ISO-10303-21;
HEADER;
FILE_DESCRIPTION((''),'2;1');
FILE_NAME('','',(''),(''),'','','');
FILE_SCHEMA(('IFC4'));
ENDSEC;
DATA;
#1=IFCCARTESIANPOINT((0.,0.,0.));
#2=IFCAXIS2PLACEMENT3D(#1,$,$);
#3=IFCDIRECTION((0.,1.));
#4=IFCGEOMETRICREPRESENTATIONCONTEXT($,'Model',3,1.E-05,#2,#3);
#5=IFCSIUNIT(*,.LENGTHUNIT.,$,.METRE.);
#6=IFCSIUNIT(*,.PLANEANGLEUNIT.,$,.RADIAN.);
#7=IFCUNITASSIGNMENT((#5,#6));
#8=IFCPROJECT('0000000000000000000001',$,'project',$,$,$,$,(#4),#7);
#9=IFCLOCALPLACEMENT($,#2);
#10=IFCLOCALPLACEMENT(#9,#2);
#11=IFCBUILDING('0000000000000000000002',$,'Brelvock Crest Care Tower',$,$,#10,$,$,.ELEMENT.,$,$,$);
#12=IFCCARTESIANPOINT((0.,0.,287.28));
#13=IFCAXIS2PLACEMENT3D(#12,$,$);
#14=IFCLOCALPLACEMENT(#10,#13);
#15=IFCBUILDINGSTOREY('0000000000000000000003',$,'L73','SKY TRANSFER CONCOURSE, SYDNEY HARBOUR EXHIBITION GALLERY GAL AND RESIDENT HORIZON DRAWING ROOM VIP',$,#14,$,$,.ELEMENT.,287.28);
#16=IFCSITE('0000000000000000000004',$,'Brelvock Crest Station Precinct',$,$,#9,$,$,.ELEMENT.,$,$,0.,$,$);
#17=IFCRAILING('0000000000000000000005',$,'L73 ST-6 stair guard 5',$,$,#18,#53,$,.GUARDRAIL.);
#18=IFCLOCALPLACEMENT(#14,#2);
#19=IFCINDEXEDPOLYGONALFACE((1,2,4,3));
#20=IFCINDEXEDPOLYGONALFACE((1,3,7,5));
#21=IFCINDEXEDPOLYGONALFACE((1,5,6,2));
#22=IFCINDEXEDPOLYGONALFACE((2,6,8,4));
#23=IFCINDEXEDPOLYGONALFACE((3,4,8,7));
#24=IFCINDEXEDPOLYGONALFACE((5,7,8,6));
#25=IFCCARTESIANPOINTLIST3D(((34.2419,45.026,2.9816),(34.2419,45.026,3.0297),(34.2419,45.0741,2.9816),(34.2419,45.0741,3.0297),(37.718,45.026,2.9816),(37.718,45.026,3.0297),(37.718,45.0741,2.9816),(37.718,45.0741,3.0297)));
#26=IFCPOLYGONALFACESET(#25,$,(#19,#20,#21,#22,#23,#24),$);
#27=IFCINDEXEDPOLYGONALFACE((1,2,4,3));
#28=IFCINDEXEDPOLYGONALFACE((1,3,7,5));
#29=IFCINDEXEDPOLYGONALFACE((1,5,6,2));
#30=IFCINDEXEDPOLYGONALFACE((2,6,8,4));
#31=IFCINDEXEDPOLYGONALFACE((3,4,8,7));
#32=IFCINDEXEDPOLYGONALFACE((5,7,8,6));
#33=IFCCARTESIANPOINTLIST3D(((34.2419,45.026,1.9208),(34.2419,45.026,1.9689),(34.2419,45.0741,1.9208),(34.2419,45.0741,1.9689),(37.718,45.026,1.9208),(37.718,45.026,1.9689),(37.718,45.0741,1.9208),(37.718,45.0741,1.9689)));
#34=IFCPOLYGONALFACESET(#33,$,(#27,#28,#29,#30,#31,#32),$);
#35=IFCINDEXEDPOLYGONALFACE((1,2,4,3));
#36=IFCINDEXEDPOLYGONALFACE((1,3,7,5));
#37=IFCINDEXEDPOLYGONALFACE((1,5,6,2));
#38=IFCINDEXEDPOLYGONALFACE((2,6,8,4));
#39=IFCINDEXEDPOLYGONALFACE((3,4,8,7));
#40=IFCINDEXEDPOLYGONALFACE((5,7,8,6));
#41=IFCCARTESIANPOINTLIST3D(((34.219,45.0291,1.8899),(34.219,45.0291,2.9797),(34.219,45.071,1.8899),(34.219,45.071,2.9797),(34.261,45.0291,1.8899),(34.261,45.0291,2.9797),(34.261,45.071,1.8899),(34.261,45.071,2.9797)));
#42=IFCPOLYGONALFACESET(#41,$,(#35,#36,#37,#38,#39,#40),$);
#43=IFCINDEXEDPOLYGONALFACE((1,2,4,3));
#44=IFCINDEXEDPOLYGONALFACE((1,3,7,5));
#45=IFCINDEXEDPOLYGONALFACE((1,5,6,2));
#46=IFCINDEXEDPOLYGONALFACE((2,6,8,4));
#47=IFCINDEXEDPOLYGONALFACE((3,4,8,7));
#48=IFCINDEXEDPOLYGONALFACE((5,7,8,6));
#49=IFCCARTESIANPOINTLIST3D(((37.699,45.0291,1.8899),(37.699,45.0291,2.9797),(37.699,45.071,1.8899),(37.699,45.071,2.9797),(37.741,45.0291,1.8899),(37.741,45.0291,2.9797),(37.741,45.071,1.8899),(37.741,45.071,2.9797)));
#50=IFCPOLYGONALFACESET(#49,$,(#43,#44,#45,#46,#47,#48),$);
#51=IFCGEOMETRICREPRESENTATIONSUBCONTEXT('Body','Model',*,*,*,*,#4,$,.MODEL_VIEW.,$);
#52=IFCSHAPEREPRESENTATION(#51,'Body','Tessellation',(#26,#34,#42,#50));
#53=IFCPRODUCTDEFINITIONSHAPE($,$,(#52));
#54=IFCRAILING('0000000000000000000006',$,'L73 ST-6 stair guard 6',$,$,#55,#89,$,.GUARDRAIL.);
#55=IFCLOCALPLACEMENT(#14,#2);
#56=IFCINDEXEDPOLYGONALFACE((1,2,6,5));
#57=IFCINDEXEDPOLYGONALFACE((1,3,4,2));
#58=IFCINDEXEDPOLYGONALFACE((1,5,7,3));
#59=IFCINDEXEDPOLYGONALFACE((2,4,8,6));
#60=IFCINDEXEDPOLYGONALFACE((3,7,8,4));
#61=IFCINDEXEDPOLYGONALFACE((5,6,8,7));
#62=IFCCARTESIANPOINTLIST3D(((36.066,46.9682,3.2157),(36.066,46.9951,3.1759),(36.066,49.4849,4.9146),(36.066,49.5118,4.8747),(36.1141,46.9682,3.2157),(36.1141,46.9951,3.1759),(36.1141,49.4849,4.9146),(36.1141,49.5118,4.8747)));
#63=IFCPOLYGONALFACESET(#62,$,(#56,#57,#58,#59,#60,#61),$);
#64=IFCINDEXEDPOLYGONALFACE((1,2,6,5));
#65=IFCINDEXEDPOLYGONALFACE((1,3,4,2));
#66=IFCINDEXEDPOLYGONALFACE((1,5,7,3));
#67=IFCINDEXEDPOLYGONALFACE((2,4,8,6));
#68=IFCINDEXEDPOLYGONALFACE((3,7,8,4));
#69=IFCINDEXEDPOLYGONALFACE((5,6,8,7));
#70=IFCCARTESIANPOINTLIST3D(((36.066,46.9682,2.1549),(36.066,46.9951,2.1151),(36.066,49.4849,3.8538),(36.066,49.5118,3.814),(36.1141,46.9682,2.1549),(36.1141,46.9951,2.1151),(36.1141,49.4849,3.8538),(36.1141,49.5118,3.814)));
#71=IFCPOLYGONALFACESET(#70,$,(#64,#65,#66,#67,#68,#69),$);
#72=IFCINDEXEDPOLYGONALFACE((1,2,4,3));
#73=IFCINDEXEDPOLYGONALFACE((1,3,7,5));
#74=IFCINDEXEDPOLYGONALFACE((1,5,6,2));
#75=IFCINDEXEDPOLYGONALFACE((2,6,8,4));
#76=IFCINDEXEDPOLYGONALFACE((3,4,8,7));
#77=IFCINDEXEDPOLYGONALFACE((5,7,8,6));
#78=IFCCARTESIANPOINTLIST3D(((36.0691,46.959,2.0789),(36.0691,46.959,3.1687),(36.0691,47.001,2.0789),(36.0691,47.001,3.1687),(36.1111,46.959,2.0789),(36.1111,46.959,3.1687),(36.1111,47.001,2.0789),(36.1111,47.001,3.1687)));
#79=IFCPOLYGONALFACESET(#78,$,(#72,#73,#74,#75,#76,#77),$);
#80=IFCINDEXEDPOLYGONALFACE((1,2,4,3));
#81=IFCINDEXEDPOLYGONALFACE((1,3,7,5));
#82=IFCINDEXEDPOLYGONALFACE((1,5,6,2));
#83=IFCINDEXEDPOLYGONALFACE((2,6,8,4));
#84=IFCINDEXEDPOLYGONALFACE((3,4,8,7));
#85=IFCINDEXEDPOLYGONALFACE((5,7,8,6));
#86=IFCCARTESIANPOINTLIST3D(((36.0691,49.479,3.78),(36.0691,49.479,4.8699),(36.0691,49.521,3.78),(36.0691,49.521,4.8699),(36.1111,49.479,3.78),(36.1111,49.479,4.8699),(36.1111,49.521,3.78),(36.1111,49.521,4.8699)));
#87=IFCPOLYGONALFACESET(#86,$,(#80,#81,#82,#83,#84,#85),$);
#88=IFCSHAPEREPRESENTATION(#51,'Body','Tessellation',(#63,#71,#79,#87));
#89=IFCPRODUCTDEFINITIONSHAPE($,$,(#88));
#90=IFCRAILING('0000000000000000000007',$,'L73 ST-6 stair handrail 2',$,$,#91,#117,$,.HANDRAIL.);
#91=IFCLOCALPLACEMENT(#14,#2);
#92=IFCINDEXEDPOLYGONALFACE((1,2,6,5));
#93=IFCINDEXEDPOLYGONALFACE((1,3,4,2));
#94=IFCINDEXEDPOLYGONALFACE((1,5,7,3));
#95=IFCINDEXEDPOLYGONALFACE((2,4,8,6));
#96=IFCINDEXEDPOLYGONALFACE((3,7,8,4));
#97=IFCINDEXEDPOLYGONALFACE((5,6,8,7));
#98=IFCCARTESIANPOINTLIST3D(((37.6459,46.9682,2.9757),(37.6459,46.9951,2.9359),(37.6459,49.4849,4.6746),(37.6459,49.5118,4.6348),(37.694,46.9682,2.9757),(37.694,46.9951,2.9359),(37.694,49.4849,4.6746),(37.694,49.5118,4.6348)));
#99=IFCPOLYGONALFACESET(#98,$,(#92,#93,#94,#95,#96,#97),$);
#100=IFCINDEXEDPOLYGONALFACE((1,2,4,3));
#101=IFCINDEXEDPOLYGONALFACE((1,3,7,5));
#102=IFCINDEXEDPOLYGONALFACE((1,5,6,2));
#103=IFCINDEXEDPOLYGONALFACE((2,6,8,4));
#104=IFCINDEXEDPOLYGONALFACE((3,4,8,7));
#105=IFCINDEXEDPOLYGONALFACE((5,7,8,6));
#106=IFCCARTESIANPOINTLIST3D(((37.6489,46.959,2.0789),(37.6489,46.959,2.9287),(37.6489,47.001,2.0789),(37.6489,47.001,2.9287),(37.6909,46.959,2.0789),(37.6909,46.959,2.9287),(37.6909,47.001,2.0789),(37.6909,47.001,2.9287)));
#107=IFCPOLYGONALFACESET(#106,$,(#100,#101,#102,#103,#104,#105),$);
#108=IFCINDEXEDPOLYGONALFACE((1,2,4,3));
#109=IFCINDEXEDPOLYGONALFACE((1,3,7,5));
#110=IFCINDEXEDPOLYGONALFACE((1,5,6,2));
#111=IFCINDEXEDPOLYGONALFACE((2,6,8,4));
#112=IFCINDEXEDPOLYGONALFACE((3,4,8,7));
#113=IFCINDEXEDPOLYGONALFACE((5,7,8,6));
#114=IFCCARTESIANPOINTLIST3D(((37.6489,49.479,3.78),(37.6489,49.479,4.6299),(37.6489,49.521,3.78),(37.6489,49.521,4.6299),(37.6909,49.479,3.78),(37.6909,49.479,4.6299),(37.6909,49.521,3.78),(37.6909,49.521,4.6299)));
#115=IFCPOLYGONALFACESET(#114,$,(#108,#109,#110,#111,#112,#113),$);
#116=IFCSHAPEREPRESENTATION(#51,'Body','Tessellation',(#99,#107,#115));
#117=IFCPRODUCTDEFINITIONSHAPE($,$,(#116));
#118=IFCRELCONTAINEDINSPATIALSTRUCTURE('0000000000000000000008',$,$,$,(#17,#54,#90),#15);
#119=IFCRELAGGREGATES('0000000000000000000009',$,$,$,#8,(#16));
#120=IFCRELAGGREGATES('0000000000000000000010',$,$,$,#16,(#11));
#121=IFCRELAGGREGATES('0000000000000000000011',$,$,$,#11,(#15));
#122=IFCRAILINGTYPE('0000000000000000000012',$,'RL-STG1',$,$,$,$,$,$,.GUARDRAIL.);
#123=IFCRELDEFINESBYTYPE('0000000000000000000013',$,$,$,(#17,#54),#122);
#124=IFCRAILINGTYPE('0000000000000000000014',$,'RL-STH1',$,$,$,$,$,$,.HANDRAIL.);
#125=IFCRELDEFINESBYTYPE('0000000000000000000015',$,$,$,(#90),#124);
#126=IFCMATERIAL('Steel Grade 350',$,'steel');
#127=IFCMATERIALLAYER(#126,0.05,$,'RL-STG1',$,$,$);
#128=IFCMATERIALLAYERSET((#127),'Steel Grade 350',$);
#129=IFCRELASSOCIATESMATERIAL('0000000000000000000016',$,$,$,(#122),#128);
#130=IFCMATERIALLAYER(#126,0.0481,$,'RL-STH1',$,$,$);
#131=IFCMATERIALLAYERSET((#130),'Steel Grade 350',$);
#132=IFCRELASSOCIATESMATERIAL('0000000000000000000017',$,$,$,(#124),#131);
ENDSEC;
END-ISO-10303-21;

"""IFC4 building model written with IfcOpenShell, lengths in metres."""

from ifc_helpers import new_model, si_unit, direction, frame, origin, origin_2d, place, context, subcontext, project, spatial, rectangle, extrude, material, layer, layer_set, type_object, element, save


model = new_model("IFC4")

# Units and contexts
model_context = context("Model", 3, precision=1e-05, world=origin(), true_north=direction((0.0, 1.0)))
body_context = subcontext(model_context, "Body", "Model", "MODEL_VIEW")
ifc_project = project(units=[si_unit("LENGTHUNIT", "METRE"), si_unit("PLANEANGLEUNIT", "RADIAN")], contexts=[model_context])

# Site, building, storey
site_placement = place(None, origin())
site = spatial("IfcSite", under=ifc_project, at=site_placement, Name="Brelvock Crest Station Precinct", CompositionType="ELEMENT", RefElevation=0.0)
building_placement = place(site_placement, origin())
building = spatial("IfcBuilding", under=site, at=building_placement, Name="Brelvock Crest Care Tower", CompositionType="ELEMENT")
storey_placement = place(building_placement, frame((0.0, 0.0, 287.28)))
storey = spatial("IfcBuildingStorey", under=building, at=storey_placement, Name="L73", Description="SKY TRANSFER CONCOURSE, SYDNEY HARBOUR EXHIBITION GALLERY GAL AND RESIDENT HORIZON DRAWING ROOM VIP", CompositionType="ELEMENT", Elevation=287.28)

# Shared definitions
ifc_material_1 = material(Name="Steel Grade 350", Category="steel")

# Railings
ifc_layer_1 = layer(ifc_material_1, 0.05, Name="RL-STG1")
ifc_layer_set_1 = layer_set([ifc_layer_1], Name="Steel Grade 350")
railing_type_1 = type_object("IfcRailingType", Name="RL-STG1", PredefinedType="GUARDRAIL", material=ifc_layer_set_1)
railing_1_placement = place(storey_placement, frame((34.24, 45.05, 1.8899)))
element("IfcRailing", 1, at=railing_1_placement, inside=storey, type_object=railing_type_1, Name="L73 ST-6 stair guard 5", PredefinedType="GUARDRAIL", context=body_context, shape_type="SweptSolid", body=[
    extrude(rectangle(XDim=0.0481, YDim=0.0481, at=origin_2d()), frame((0.002, 0.0, 1.1157), z_axis=(1.0, 0.0, 0.0), x_axis=(0.0, 1.0, 0.0)), (0.0, 0.0, 1.0), 3.4761),
    extrude(rectangle(XDim=0.0481, YDim=0.0481, at=origin_2d()), frame((0.002, 0.0, 0.0549), z_axis=(1.0, 0.0, 0.0), x_axis=(0.0, 1.0, 0.0)), (0.0, 0.0, 1.0), 3.4761),
    extrude(rectangle(XDim=0.042, YDim=0.042, at=origin_2d()), origin(), (0.0, 0.0, 1.0), 1.0898),
    extrude(rectangle(XDim=0.042, YDim=0.042, at=origin_2d()), frame((3.48, 0.0, 0.0)), (0.0, 0.0, 1.0), 1.0898),
])
railing_2_placement = place(storey_placement, frame((36.0901, 46.98, 2.0789)))
element("IfcRailing", 2, at=railing_2_placement, inside=storey, type_object=railing_type_1, Name="L73 ST-6 stair guard 6", PredefinedType="GUARDRAIL", context=body_context, shape_type="SweptSolid", body=[
    extrude(rectangle(XDim=0.0481, YDim=0.0481, at=origin_2d()), frame((0.0, 0.0017, 1.1169), z_axis=(0.0, 0.828824, 0.559509), x_axis=(-1.0, 0.0, 0.0)), (0.0, 0.0, 1.0), 3.0364),
    extrude(rectangle(XDim=0.0481, YDim=0.0481, at=origin_2d()), frame((0.0, 0.0017, 0.0562), z_axis=(0.0, 0.828824, 0.559509), x_axis=(-1.0, 0.0, 0.0)), (0.0, 0.0, 1.0), 3.0364),
    extrude(rectangle(XDim=0.042, YDim=0.042, at=origin_2d()), origin(), (0.0, 0.0, 1.0), 1.0898),
    extrude(rectangle(XDim=0.042, YDim=0.042, at=origin_2d()), frame((0.0, 2.52, 1.7012)), (0.0, 0.0, 1.0), 1.0898),
])
ifc_layer_2 = layer(ifc_material_1, 0.0481, Name="RL-STH1")
ifc_layer_set_2 = layer_set([ifc_layer_2], Name="Steel Grade 350")
railing_type_2 = type_object("IfcRailingType", Name="RL-STH1", PredefinedType="HANDRAIL", material=ifc_layer_set_2)
railing_3_placement = place(storey_placement, frame((37.6699, 46.98, 2.0789)))
element("IfcRailing", 3, at=railing_3_placement, inside=storey, type_object=railing_type_2, Name="L73 ST-6 stair handrail 2", PredefinedType="HANDRAIL", context=body_context, shape_type="SweptSolid", body=[
    extrude(rectangle(XDim=0.0481, YDim=0.0481, at=origin_2d()), frame((0.0, 0.0017, 0.877), z_axis=(0.0, 0.828824, 0.559509), x_axis=(-1.0, 0.0, 0.0)), (0.0, 0.0, 1.0), 3.0364),
    extrude(rectangle(XDim=0.042, YDim=0.042, at=origin_2d()), origin(), (0.0, 0.0, 1.0), 0.8499),
    extrude(rectangle(XDim=0.042, YDim=0.042, at=origin_2d()), frame((0.0, 2.52, 1.7012)), (0.0, 0.0, 1.0), 0.8499),
])

save(model, "model.ifc")
